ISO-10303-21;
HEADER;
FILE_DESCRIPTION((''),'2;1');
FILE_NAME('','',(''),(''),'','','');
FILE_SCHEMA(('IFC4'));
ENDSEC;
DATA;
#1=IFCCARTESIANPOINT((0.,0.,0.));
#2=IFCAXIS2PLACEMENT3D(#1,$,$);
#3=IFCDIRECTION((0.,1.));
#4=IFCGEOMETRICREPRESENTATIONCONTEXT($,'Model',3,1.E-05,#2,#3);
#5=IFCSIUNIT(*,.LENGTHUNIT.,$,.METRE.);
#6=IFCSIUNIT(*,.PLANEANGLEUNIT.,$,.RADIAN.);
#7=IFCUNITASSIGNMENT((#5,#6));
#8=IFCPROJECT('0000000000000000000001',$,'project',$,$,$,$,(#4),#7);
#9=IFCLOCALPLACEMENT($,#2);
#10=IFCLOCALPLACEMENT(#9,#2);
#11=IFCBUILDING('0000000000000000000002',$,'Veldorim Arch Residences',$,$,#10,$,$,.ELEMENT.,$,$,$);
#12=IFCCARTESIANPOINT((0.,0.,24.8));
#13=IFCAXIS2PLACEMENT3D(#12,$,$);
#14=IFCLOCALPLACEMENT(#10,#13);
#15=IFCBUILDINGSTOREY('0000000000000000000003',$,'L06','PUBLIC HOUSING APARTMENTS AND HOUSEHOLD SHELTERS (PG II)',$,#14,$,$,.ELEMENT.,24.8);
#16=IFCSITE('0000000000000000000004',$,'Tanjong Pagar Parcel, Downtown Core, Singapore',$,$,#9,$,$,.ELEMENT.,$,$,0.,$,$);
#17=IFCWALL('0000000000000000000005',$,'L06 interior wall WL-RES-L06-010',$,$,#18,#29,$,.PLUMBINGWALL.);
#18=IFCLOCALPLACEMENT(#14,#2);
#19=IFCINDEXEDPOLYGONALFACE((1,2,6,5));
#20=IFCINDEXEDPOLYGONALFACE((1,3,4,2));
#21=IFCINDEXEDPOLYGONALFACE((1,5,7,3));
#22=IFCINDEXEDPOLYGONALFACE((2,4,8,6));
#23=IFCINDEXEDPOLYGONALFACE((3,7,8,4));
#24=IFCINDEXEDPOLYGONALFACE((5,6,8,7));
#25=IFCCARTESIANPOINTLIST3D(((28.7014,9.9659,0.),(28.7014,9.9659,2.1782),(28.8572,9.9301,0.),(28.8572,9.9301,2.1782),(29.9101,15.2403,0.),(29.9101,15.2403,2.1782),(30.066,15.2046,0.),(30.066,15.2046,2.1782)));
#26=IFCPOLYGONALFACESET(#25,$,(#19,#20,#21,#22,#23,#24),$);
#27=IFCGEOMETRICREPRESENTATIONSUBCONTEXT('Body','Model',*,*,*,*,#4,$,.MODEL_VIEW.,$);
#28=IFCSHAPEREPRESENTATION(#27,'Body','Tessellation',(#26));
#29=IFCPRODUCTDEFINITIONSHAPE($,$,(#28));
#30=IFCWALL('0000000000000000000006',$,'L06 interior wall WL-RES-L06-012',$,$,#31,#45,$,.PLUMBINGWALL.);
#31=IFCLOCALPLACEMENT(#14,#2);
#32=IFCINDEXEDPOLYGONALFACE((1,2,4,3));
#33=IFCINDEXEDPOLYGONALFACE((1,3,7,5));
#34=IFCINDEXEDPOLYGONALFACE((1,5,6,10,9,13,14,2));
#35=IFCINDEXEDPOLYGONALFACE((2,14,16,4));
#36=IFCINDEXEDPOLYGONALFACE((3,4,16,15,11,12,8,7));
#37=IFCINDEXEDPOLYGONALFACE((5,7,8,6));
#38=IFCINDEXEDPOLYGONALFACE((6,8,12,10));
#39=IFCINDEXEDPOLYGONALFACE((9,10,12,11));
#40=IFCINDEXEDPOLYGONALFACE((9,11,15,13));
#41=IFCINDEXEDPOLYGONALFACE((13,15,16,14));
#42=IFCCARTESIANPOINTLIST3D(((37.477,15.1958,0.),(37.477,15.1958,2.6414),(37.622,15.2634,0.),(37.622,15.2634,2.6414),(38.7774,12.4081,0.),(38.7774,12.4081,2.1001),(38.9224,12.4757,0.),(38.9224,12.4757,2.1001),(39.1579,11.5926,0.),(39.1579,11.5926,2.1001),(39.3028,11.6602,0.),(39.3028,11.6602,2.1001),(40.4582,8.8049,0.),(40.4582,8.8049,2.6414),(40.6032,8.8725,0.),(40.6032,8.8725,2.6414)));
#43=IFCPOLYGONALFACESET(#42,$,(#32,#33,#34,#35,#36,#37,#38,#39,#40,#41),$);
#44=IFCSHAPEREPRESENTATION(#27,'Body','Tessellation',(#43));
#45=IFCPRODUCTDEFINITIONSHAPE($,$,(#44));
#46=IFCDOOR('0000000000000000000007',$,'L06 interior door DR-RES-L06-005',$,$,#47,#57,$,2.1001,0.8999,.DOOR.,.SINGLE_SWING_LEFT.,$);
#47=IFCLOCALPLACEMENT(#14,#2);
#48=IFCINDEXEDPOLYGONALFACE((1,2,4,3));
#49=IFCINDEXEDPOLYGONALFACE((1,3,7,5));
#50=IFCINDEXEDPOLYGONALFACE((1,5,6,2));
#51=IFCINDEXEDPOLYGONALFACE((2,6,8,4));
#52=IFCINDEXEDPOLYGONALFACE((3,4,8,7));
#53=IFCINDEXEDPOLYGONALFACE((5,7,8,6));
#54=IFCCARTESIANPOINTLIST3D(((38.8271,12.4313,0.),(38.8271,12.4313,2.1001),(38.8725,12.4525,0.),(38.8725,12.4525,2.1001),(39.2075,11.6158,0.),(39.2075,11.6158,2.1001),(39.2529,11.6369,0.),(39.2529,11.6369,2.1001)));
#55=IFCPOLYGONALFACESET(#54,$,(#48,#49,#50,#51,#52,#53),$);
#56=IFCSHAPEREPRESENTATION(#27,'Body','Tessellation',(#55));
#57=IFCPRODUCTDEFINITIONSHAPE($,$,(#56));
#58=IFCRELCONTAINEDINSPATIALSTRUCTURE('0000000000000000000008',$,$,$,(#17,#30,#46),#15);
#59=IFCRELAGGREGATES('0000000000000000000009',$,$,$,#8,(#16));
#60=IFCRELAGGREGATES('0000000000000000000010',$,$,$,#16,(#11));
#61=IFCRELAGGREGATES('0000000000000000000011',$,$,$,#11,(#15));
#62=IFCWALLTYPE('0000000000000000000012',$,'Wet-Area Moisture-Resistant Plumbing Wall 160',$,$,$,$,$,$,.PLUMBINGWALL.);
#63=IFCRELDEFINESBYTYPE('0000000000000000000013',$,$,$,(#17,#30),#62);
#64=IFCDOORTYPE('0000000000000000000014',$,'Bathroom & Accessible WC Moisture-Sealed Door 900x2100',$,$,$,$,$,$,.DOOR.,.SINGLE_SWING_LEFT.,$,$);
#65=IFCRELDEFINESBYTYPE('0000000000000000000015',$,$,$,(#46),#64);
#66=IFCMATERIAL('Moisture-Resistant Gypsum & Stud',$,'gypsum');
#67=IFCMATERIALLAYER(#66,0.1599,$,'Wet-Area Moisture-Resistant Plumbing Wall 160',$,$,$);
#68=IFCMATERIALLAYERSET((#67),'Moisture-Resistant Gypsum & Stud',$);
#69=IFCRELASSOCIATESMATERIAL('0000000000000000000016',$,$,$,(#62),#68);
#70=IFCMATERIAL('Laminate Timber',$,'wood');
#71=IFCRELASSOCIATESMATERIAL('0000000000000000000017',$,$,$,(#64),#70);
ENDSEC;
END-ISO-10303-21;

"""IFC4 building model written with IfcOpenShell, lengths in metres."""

from ifc_helpers import new_model, si_unit, direction, frame, frame_2d, origin, place, context, subcontext, project, spatial, rectangle, extrude, material, layer, layer_set, type_object, element, fill, save


model = new_model("IFC4")

# Units and contexts
model_context = context("Model", 3, precision=1e-05, world=origin(), true_north=direction((0.0, 1.0)))
body_context = subcontext(model_context, "Body", "Model", "MODEL_VIEW")
ifc_project = project(units=[si_unit("LENGTHUNIT", "METRE"), si_unit("PLANEANGLEUNIT", "RADIAN")], contexts=[model_context])

# Site, building, storey
site_placement = place(None, origin())
site = spatial("IfcSite", under=ifc_project, at=site_placement, Name="Tanjong Pagar Parcel, Downtown Core, Singapore", CompositionType="ELEMENT", RefElevation=0.0)
building_placement = place(site_placement, origin())
building = spatial("IfcBuilding", under=site, at=building_placement, Name="Veldorim Arch Residences", CompositionType="ELEMENT")
storey_placement = place(building_placement, frame((0.0, 0.0, 24.8)))
storey = spatial("IfcBuildingStorey", under=building, at=storey_placement, Name="L06", Description="PUBLIC HOUSING APARTMENTS AND HOUSEHOLD SHELTERS (PG II)", CompositionType="ELEMENT", Elevation=24.8)

# Shared definitions
ifc_material_1 = material(Name="Moisture-Resistant Gypsum & Stud", Category="gypsum")
ifc_layer_1 = layer(ifc_material_1, 0.1599, Name="Wet-Area Moisture-Resistant Plumbing Wall 160")
ifc_layer_set_1 = layer_set([ifc_layer_1], Name="Moisture-Resistant Gypsum & Stud")
wall_type_1 = type_object("IfcWallType", Name="Wet-Area Moisture-Resistant Plumbing Wall 160", PredefinedType="PLUMBINGWALL", material=ifc_layer_set_1)
ifc_material_2 = material(Name="Laminate Timber", Category="wood")
door_type_1 = type_object("IfcDoorType", Name="Bathroom & Accessible WC Moisture-Sealed Door 900x2100", OperationType="SINGLE_SWING_LEFT", PredefinedType="DOOR", material=ifc_material_2)

# Wall
wall_1_placement = place(storey_placement, frame((29.988, 15.2224, 0.0), z_axis=(0.0, 0.0, 1.0), x_axis=(-0.22338, -0.974731, 0.0)))
element("IfcWall", 1, at=wall_1_placement, inside=storey, type_object=wall_type_1, Name="L06 interior wall WL-RES-L06-010", PredefinedType="PLUMBINGWALL", context=body_context, shape_type="SweptSolid", body=[
    extrude(rectangle(XDim=5.4111, YDim=0.1599, at=frame_2d((2.7056, 0.0))), origin(), (0.0, 0.0, 1.0), 2.1782),
])

# Wall, opening, door
wall_2_placement = place(storey_placement, frame((37.5496, 15.2295, 0.0), z_axis=(0.0, 0.0, 1.0), x_axis=(0.422745, -0.906249, 0.0)))
wall_2 = element("IfcWall", 2, at=wall_2_placement, inside=storey, type_object=wall_type_1, Name="L06 interior wall WL-RES-L06-012", PredefinedType="PLUMBINGWALL", context=body_context, shape_type="SweptSolid", body=[
    extrude(rectangle(XDim=7.052, YDim=0.1599, at=frame_2d((3.5259, 0.0))), origin(), (0.0, 0.0, 1.0), 2.6414),
])
opening_1_placement = place(wall_2_placement, frame((3.0759, 0.0, 0.0)))
opening_1 = element("IfcOpeningElement", 3, at=opening_1_placement, cuts=wall_2, PredefinedType="OPENING", context=body_context, shape_type="SweptSolid", body=[
    extrude(rectangle(XDim=0.8999, YDim=2.1001, at=frame_2d((0.45, 1.05))), frame((0.0, 0.0898, 0.0), z_axis=(0.0, -1.0, 0.0), x_axis=(1.0, 0.0, 0.0)), (0.0, 0.0, 1.0), 0.1799),
])
door_1_placement = place(opening_1_placement, origin())
door_1 = element("IfcDoor", 4, at=door_1_placement, inside=storey, type_object=door_type_1, Name="L06 interior door DR-RES-L06-005", OperationType="SINGLE_SWING_LEFT", OverallHeight=2.1001, OverallWidth=0.8999, PredefinedType="DOOR", context=body_context, shape_type="SweptSolid", body=[
    extrude(rectangle(XDim=0.8999, YDim=2.1001, at=frame_2d((0.45, 1.05))), frame((0.0, 0.0249, 0.0), z_axis=(0.0, -1.0, 0.0), x_axis=(1.0, 0.0, 0.0)), (0.0, 0.0, 1.0), 0.05),
])
fill(opening_1, door_1)

save(model, "model.ifc")
